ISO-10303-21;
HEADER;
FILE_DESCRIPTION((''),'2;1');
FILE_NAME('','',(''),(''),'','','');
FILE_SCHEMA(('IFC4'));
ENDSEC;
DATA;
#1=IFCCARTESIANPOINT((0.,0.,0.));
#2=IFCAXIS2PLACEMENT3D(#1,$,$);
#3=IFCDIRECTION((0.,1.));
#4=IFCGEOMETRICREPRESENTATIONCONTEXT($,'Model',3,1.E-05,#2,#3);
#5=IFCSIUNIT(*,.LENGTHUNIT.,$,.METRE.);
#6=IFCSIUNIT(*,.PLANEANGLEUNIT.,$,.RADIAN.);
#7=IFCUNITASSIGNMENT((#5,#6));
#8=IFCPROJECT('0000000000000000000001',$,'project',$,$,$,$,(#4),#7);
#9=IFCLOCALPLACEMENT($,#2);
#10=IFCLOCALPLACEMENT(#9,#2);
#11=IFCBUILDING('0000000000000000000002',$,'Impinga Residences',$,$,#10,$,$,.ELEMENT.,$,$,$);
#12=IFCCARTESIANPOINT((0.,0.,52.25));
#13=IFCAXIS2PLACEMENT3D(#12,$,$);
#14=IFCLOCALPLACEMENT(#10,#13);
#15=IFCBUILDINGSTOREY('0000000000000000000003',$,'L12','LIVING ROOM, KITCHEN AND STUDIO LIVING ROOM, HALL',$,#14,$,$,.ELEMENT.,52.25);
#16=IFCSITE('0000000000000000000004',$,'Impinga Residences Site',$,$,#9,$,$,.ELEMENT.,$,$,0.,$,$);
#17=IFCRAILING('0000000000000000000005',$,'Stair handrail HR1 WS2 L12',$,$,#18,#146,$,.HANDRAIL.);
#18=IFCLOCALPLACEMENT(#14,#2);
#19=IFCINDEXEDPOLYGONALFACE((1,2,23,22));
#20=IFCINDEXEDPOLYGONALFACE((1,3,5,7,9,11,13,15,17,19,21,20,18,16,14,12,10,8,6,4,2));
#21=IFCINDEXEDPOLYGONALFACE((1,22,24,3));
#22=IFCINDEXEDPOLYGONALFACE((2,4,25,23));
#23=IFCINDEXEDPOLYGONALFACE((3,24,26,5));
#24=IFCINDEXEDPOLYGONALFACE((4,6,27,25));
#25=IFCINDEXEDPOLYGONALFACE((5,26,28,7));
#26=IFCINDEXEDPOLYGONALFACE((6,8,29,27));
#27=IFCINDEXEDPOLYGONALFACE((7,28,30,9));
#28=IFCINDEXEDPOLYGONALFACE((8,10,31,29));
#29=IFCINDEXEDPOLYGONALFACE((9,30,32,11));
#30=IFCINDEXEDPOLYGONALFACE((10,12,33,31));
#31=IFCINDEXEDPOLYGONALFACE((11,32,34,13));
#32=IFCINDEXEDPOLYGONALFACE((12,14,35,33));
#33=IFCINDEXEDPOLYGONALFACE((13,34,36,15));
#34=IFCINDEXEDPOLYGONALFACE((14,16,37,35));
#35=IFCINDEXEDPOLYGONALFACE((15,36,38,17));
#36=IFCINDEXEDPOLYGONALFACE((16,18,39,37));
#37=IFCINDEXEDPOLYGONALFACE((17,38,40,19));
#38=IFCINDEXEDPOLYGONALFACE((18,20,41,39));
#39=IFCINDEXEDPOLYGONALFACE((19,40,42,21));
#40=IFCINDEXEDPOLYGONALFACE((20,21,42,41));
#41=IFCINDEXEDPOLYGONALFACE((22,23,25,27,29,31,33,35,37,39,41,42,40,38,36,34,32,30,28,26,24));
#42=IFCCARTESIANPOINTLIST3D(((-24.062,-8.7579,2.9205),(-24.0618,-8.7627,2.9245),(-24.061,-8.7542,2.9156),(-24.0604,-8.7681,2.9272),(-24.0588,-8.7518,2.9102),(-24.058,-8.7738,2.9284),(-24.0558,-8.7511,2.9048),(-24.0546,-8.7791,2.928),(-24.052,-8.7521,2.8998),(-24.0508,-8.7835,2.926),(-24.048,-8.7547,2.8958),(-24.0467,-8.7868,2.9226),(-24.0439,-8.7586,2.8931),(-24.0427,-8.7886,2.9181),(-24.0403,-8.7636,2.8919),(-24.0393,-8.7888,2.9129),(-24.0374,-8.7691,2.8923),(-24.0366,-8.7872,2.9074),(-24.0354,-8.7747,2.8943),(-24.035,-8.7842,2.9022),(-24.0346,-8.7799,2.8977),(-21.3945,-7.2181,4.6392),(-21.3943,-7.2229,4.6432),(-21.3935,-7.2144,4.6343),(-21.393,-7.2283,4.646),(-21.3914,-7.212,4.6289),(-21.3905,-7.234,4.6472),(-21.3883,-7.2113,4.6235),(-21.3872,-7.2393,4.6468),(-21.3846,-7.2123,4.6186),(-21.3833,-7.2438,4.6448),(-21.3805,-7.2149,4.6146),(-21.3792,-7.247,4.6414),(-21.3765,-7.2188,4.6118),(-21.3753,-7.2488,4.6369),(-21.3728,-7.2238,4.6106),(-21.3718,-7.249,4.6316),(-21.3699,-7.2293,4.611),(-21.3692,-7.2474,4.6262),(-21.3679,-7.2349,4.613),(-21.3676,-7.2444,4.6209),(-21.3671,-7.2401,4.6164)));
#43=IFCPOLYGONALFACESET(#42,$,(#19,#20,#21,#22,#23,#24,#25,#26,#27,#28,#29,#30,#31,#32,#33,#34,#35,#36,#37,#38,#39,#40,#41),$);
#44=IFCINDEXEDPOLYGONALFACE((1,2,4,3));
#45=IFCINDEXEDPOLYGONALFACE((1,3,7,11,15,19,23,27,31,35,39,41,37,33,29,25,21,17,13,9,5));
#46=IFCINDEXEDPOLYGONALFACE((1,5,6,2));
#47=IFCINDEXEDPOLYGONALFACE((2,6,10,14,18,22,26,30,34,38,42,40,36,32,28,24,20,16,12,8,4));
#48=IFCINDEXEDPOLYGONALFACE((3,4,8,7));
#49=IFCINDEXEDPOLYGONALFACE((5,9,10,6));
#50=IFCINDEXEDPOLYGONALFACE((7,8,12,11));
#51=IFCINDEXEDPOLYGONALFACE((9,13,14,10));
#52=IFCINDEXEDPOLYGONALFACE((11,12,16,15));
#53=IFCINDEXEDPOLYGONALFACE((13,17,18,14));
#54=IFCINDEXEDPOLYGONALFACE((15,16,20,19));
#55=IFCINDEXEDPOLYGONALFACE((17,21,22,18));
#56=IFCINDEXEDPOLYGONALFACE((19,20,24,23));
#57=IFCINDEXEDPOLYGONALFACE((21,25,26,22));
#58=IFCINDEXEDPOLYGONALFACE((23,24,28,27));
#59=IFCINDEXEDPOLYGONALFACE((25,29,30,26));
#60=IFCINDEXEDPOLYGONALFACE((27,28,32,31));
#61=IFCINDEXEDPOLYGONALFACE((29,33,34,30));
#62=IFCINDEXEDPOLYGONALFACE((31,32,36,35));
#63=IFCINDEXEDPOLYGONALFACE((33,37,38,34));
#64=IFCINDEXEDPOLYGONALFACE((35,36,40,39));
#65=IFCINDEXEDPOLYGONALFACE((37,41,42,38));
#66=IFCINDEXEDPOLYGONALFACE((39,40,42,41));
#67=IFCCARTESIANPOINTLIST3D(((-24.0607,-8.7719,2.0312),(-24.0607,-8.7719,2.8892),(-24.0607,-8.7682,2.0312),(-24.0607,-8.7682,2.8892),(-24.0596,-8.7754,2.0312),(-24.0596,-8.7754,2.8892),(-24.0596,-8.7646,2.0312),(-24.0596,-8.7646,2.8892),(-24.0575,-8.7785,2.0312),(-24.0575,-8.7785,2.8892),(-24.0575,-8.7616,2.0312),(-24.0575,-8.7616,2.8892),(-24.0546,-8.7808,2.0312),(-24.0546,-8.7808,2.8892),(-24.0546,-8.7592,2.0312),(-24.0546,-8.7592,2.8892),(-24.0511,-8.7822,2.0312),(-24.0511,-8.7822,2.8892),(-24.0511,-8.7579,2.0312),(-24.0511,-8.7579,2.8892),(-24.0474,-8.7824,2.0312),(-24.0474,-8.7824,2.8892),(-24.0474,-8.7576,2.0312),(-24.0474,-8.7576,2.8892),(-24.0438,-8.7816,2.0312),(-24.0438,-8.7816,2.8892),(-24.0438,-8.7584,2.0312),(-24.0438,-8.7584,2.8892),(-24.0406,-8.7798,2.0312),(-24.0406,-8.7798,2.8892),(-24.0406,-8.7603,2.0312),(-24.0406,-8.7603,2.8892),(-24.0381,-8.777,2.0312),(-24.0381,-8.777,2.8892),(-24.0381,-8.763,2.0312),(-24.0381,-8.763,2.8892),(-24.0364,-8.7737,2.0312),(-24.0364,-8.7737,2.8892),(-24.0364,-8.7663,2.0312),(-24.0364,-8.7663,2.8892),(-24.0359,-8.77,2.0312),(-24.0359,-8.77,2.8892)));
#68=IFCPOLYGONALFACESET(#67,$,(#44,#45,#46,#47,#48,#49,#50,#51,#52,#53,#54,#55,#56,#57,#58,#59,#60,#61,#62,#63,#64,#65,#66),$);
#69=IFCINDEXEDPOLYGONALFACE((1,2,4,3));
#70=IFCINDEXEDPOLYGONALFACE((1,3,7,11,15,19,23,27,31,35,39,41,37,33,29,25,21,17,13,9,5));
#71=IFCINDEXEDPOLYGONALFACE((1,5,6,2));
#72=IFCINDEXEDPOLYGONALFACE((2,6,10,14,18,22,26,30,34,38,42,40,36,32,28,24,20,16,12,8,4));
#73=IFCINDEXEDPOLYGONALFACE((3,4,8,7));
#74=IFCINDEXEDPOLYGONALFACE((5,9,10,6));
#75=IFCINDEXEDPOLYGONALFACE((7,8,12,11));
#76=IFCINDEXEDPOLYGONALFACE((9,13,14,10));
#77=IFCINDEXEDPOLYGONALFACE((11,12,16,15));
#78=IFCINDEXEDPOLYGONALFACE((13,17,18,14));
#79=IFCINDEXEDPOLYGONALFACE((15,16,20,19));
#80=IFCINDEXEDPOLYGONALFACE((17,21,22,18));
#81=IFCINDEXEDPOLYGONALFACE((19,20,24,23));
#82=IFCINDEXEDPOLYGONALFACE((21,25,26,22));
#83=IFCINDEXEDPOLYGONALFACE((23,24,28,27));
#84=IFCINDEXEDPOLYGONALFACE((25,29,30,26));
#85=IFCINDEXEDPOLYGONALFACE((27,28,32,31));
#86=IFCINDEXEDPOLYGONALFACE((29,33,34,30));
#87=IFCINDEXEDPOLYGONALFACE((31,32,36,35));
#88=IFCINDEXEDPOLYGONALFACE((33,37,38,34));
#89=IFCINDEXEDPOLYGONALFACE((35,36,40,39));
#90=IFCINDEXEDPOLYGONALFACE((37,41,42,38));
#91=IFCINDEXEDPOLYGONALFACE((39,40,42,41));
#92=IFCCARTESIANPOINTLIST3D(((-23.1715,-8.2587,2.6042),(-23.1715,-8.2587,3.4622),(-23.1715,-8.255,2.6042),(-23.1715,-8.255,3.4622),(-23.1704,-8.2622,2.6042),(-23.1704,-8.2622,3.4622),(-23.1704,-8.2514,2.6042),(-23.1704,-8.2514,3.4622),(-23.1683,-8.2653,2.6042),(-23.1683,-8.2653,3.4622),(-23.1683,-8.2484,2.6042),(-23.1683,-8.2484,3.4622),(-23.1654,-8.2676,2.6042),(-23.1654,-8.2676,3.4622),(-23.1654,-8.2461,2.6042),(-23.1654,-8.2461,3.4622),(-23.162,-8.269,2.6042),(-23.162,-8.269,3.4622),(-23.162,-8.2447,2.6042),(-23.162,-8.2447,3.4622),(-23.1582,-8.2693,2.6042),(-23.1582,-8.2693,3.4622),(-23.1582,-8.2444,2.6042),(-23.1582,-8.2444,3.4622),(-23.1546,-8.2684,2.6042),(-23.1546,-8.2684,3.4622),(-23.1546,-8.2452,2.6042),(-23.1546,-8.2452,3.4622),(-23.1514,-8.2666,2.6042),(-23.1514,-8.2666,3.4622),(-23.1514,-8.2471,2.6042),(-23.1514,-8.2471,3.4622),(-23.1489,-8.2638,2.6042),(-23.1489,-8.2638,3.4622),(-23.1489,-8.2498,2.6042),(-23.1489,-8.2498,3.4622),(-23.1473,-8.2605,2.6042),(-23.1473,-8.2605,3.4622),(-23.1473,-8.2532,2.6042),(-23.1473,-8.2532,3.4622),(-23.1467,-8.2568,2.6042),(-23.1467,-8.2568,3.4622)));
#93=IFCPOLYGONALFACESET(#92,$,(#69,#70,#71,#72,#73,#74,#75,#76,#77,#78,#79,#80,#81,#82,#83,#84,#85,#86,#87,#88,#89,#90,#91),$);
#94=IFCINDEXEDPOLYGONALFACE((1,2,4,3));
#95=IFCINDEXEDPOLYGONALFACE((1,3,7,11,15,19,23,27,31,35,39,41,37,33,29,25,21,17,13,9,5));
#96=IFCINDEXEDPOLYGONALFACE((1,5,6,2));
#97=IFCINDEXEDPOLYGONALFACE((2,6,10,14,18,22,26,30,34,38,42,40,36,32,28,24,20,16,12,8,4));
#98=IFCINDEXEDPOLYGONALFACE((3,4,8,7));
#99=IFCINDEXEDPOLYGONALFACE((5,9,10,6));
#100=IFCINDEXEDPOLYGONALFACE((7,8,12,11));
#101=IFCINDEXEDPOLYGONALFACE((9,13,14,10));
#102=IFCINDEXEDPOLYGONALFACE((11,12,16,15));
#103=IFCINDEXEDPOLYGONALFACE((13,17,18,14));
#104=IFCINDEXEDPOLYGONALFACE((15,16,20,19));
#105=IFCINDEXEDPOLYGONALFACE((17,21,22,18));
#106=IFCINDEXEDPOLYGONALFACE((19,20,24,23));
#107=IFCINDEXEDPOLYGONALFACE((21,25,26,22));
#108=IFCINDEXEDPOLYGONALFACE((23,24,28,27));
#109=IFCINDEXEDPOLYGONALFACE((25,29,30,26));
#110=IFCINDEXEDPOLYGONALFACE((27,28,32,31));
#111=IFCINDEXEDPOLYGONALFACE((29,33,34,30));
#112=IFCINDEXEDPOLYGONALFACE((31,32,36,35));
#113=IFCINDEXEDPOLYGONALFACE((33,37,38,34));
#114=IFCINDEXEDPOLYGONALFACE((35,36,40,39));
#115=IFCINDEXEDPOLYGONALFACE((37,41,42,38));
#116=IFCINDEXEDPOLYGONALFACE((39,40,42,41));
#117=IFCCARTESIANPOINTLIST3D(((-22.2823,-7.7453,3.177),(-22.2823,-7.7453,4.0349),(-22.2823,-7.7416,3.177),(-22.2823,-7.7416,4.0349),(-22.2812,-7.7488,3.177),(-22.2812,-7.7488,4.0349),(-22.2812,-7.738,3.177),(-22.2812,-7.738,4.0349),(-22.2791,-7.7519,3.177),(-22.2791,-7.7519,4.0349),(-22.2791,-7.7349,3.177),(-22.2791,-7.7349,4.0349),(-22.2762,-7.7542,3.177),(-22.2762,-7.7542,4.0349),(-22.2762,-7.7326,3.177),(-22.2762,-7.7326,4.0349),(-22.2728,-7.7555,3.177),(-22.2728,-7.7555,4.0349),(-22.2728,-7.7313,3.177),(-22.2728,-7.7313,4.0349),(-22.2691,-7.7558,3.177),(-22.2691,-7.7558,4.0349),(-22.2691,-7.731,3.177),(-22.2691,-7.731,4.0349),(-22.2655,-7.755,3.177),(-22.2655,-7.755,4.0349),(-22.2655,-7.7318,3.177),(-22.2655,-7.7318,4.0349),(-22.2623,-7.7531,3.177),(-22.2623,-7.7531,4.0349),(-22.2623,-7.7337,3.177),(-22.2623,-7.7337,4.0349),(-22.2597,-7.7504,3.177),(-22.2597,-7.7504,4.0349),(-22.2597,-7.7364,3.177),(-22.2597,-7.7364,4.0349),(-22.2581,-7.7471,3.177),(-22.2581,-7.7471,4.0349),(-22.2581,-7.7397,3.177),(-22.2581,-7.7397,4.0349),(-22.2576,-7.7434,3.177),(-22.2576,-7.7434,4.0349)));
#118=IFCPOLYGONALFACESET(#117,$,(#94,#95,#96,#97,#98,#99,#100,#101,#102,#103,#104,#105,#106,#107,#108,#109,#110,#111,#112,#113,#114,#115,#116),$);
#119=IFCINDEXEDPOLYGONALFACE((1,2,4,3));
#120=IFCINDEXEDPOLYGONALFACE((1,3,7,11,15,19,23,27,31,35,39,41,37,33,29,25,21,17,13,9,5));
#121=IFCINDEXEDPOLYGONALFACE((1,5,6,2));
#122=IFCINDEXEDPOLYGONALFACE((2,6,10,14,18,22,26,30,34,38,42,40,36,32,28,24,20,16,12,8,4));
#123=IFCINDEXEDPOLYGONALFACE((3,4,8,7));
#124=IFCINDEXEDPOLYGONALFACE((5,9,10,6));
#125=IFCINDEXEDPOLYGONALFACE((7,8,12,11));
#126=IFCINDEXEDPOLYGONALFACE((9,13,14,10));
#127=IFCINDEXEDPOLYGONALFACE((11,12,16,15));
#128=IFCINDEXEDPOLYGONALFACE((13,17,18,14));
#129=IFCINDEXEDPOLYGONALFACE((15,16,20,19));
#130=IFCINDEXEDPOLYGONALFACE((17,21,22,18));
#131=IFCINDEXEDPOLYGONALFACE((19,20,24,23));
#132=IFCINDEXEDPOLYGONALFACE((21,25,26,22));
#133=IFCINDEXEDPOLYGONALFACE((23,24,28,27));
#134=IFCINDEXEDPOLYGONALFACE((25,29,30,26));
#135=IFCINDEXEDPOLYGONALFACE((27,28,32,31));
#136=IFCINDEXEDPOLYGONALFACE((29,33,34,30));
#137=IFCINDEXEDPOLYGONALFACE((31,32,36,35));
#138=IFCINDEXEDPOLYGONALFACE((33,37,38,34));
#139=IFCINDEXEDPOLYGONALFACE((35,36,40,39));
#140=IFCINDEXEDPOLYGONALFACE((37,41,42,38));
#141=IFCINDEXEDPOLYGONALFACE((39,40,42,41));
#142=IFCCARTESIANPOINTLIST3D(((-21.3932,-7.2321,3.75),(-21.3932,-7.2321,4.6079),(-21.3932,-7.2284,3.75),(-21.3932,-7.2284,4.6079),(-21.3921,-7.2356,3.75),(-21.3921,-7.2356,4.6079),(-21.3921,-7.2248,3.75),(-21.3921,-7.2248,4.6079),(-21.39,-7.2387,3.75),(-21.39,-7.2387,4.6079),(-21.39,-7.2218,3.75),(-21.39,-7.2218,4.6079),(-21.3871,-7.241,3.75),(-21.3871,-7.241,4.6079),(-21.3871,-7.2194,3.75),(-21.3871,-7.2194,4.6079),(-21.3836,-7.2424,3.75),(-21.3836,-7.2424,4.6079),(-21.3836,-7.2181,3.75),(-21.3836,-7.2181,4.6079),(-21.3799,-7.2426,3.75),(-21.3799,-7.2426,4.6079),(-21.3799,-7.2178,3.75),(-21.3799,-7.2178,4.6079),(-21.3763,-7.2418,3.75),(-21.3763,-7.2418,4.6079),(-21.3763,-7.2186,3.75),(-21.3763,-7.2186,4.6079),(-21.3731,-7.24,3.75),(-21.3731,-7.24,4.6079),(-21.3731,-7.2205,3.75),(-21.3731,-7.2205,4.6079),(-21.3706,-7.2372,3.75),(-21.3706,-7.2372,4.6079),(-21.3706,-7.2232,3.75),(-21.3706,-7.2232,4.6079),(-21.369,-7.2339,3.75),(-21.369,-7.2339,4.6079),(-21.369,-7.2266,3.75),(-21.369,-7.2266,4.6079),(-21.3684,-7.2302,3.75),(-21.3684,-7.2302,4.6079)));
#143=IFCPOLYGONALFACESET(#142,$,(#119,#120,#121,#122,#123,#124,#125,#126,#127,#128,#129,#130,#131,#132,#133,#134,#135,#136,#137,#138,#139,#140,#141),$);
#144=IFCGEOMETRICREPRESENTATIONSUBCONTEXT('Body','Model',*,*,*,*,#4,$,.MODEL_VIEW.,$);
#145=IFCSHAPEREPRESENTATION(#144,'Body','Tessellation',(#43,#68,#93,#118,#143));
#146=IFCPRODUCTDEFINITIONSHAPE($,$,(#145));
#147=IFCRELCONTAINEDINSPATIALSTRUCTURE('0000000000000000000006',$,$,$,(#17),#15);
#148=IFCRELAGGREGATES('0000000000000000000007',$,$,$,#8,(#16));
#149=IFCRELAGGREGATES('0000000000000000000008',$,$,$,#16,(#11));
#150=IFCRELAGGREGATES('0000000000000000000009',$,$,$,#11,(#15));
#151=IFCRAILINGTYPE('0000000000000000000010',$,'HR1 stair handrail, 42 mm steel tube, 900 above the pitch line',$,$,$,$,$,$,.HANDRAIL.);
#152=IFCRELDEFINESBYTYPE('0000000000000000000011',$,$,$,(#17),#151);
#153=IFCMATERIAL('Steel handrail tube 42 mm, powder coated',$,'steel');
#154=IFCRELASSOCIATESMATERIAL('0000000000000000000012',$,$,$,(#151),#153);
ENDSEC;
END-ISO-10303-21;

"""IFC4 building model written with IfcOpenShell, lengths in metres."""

from ifc_helpers import new_model, si_unit, direction, frame, origin, origin_2d, place, context, subcontext, project, spatial, circle, extrude, material, type_object, element, save


model = new_model("IFC4")

# Units and contexts
model_context = context("Model", 3, precision=1e-05, world=origin(), true_north=direction((0.0, 1.0)))
body_context = subcontext(model_context, "Body", "Model", "MODEL_VIEW")
ifc_project = project(units=[si_unit("LENGTHUNIT", "METRE"), si_unit("PLANEANGLEUNIT", "RADIAN")], contexts=[model_context])

# Site, building, storey
site_placement = place(None, origin())
site = spatial("IfcSite", under=ifc_project, at=site_placement, Name="Impinga Residences Site", CompositionType="ELEMENT", RefElevation=0.0)
building_placement = place(site_placement, origin())
building = spatial("IfcBuilding", under=site, at=building_placement, Name="Impinga Residences", CompositionType="ELEMENT")
storey_placement = place(building_placement, frame((0.0, 0.0, 52.25)))
storey = spatial("IfcBuildingStorey", under=building, at=storey_placement, Name="L12", Description="LIVING ROOM, KITCHEN AND STUDIO LIVING ROOM, HALL", CompositionType="ELEMENT", Elevation=52.25)

# Railing
ifc_material_1 = material(Name="Steel handrail tube 42 mm, powder coated", Category="steel")
railing_type_1 = type_object("IfcRailingType", Name="HR1 stair handrail, 42 mm steel tube, 900 above the pitch line", PredefinedType="HANDRAIL", material=ifc_material_1)
railing_1_placement = place(storey_placement, frame((-24.0483, -8.77, 2.0312)))
element("IfcRailing", 1, at=railing_1_placement, inside=storey, type_object=railing_type_1, Name="Stair handrail HR1 WS2 L12", PredefinedType="HANDRAIL", context=body_context, shape_type="SweptSolid", body=[
    extrude(circle(Radius=0.021, at=origin_2d()), frame((0.0, 0.0, 0.8789), z_axis=(0.756279, 0.43656, 0.487297), x_axis=(-0.499933, 0.866064, 0.0)), (0.0, 0.0, 1.0), 3.5271),
    extrude(circle(Radius=0.0125, at=origin_2d()), origin(), (0.0, 0.0, 1.0), 0.8579),
    extrude(circle(Radius=0.0125, at=origin_2d()), frame((0.8892, 0.5132, 0.573)), (0.0, 0.0, 1.0), 0.8579),
    extrude(circle(Radius=0.0125, at=origin_2d()), frame((1.7783, 1.0266, 1.1458)), (0.0, 0.0, 1.0), 0.8579),
    extrude(circle(Radius=0.0125, at=origin_2d()), frame((2.6675, 1.5398, 1.7188)), (0.0, 0.0, 1.0), 0.8579),
])

save(model, "model.ifc")
